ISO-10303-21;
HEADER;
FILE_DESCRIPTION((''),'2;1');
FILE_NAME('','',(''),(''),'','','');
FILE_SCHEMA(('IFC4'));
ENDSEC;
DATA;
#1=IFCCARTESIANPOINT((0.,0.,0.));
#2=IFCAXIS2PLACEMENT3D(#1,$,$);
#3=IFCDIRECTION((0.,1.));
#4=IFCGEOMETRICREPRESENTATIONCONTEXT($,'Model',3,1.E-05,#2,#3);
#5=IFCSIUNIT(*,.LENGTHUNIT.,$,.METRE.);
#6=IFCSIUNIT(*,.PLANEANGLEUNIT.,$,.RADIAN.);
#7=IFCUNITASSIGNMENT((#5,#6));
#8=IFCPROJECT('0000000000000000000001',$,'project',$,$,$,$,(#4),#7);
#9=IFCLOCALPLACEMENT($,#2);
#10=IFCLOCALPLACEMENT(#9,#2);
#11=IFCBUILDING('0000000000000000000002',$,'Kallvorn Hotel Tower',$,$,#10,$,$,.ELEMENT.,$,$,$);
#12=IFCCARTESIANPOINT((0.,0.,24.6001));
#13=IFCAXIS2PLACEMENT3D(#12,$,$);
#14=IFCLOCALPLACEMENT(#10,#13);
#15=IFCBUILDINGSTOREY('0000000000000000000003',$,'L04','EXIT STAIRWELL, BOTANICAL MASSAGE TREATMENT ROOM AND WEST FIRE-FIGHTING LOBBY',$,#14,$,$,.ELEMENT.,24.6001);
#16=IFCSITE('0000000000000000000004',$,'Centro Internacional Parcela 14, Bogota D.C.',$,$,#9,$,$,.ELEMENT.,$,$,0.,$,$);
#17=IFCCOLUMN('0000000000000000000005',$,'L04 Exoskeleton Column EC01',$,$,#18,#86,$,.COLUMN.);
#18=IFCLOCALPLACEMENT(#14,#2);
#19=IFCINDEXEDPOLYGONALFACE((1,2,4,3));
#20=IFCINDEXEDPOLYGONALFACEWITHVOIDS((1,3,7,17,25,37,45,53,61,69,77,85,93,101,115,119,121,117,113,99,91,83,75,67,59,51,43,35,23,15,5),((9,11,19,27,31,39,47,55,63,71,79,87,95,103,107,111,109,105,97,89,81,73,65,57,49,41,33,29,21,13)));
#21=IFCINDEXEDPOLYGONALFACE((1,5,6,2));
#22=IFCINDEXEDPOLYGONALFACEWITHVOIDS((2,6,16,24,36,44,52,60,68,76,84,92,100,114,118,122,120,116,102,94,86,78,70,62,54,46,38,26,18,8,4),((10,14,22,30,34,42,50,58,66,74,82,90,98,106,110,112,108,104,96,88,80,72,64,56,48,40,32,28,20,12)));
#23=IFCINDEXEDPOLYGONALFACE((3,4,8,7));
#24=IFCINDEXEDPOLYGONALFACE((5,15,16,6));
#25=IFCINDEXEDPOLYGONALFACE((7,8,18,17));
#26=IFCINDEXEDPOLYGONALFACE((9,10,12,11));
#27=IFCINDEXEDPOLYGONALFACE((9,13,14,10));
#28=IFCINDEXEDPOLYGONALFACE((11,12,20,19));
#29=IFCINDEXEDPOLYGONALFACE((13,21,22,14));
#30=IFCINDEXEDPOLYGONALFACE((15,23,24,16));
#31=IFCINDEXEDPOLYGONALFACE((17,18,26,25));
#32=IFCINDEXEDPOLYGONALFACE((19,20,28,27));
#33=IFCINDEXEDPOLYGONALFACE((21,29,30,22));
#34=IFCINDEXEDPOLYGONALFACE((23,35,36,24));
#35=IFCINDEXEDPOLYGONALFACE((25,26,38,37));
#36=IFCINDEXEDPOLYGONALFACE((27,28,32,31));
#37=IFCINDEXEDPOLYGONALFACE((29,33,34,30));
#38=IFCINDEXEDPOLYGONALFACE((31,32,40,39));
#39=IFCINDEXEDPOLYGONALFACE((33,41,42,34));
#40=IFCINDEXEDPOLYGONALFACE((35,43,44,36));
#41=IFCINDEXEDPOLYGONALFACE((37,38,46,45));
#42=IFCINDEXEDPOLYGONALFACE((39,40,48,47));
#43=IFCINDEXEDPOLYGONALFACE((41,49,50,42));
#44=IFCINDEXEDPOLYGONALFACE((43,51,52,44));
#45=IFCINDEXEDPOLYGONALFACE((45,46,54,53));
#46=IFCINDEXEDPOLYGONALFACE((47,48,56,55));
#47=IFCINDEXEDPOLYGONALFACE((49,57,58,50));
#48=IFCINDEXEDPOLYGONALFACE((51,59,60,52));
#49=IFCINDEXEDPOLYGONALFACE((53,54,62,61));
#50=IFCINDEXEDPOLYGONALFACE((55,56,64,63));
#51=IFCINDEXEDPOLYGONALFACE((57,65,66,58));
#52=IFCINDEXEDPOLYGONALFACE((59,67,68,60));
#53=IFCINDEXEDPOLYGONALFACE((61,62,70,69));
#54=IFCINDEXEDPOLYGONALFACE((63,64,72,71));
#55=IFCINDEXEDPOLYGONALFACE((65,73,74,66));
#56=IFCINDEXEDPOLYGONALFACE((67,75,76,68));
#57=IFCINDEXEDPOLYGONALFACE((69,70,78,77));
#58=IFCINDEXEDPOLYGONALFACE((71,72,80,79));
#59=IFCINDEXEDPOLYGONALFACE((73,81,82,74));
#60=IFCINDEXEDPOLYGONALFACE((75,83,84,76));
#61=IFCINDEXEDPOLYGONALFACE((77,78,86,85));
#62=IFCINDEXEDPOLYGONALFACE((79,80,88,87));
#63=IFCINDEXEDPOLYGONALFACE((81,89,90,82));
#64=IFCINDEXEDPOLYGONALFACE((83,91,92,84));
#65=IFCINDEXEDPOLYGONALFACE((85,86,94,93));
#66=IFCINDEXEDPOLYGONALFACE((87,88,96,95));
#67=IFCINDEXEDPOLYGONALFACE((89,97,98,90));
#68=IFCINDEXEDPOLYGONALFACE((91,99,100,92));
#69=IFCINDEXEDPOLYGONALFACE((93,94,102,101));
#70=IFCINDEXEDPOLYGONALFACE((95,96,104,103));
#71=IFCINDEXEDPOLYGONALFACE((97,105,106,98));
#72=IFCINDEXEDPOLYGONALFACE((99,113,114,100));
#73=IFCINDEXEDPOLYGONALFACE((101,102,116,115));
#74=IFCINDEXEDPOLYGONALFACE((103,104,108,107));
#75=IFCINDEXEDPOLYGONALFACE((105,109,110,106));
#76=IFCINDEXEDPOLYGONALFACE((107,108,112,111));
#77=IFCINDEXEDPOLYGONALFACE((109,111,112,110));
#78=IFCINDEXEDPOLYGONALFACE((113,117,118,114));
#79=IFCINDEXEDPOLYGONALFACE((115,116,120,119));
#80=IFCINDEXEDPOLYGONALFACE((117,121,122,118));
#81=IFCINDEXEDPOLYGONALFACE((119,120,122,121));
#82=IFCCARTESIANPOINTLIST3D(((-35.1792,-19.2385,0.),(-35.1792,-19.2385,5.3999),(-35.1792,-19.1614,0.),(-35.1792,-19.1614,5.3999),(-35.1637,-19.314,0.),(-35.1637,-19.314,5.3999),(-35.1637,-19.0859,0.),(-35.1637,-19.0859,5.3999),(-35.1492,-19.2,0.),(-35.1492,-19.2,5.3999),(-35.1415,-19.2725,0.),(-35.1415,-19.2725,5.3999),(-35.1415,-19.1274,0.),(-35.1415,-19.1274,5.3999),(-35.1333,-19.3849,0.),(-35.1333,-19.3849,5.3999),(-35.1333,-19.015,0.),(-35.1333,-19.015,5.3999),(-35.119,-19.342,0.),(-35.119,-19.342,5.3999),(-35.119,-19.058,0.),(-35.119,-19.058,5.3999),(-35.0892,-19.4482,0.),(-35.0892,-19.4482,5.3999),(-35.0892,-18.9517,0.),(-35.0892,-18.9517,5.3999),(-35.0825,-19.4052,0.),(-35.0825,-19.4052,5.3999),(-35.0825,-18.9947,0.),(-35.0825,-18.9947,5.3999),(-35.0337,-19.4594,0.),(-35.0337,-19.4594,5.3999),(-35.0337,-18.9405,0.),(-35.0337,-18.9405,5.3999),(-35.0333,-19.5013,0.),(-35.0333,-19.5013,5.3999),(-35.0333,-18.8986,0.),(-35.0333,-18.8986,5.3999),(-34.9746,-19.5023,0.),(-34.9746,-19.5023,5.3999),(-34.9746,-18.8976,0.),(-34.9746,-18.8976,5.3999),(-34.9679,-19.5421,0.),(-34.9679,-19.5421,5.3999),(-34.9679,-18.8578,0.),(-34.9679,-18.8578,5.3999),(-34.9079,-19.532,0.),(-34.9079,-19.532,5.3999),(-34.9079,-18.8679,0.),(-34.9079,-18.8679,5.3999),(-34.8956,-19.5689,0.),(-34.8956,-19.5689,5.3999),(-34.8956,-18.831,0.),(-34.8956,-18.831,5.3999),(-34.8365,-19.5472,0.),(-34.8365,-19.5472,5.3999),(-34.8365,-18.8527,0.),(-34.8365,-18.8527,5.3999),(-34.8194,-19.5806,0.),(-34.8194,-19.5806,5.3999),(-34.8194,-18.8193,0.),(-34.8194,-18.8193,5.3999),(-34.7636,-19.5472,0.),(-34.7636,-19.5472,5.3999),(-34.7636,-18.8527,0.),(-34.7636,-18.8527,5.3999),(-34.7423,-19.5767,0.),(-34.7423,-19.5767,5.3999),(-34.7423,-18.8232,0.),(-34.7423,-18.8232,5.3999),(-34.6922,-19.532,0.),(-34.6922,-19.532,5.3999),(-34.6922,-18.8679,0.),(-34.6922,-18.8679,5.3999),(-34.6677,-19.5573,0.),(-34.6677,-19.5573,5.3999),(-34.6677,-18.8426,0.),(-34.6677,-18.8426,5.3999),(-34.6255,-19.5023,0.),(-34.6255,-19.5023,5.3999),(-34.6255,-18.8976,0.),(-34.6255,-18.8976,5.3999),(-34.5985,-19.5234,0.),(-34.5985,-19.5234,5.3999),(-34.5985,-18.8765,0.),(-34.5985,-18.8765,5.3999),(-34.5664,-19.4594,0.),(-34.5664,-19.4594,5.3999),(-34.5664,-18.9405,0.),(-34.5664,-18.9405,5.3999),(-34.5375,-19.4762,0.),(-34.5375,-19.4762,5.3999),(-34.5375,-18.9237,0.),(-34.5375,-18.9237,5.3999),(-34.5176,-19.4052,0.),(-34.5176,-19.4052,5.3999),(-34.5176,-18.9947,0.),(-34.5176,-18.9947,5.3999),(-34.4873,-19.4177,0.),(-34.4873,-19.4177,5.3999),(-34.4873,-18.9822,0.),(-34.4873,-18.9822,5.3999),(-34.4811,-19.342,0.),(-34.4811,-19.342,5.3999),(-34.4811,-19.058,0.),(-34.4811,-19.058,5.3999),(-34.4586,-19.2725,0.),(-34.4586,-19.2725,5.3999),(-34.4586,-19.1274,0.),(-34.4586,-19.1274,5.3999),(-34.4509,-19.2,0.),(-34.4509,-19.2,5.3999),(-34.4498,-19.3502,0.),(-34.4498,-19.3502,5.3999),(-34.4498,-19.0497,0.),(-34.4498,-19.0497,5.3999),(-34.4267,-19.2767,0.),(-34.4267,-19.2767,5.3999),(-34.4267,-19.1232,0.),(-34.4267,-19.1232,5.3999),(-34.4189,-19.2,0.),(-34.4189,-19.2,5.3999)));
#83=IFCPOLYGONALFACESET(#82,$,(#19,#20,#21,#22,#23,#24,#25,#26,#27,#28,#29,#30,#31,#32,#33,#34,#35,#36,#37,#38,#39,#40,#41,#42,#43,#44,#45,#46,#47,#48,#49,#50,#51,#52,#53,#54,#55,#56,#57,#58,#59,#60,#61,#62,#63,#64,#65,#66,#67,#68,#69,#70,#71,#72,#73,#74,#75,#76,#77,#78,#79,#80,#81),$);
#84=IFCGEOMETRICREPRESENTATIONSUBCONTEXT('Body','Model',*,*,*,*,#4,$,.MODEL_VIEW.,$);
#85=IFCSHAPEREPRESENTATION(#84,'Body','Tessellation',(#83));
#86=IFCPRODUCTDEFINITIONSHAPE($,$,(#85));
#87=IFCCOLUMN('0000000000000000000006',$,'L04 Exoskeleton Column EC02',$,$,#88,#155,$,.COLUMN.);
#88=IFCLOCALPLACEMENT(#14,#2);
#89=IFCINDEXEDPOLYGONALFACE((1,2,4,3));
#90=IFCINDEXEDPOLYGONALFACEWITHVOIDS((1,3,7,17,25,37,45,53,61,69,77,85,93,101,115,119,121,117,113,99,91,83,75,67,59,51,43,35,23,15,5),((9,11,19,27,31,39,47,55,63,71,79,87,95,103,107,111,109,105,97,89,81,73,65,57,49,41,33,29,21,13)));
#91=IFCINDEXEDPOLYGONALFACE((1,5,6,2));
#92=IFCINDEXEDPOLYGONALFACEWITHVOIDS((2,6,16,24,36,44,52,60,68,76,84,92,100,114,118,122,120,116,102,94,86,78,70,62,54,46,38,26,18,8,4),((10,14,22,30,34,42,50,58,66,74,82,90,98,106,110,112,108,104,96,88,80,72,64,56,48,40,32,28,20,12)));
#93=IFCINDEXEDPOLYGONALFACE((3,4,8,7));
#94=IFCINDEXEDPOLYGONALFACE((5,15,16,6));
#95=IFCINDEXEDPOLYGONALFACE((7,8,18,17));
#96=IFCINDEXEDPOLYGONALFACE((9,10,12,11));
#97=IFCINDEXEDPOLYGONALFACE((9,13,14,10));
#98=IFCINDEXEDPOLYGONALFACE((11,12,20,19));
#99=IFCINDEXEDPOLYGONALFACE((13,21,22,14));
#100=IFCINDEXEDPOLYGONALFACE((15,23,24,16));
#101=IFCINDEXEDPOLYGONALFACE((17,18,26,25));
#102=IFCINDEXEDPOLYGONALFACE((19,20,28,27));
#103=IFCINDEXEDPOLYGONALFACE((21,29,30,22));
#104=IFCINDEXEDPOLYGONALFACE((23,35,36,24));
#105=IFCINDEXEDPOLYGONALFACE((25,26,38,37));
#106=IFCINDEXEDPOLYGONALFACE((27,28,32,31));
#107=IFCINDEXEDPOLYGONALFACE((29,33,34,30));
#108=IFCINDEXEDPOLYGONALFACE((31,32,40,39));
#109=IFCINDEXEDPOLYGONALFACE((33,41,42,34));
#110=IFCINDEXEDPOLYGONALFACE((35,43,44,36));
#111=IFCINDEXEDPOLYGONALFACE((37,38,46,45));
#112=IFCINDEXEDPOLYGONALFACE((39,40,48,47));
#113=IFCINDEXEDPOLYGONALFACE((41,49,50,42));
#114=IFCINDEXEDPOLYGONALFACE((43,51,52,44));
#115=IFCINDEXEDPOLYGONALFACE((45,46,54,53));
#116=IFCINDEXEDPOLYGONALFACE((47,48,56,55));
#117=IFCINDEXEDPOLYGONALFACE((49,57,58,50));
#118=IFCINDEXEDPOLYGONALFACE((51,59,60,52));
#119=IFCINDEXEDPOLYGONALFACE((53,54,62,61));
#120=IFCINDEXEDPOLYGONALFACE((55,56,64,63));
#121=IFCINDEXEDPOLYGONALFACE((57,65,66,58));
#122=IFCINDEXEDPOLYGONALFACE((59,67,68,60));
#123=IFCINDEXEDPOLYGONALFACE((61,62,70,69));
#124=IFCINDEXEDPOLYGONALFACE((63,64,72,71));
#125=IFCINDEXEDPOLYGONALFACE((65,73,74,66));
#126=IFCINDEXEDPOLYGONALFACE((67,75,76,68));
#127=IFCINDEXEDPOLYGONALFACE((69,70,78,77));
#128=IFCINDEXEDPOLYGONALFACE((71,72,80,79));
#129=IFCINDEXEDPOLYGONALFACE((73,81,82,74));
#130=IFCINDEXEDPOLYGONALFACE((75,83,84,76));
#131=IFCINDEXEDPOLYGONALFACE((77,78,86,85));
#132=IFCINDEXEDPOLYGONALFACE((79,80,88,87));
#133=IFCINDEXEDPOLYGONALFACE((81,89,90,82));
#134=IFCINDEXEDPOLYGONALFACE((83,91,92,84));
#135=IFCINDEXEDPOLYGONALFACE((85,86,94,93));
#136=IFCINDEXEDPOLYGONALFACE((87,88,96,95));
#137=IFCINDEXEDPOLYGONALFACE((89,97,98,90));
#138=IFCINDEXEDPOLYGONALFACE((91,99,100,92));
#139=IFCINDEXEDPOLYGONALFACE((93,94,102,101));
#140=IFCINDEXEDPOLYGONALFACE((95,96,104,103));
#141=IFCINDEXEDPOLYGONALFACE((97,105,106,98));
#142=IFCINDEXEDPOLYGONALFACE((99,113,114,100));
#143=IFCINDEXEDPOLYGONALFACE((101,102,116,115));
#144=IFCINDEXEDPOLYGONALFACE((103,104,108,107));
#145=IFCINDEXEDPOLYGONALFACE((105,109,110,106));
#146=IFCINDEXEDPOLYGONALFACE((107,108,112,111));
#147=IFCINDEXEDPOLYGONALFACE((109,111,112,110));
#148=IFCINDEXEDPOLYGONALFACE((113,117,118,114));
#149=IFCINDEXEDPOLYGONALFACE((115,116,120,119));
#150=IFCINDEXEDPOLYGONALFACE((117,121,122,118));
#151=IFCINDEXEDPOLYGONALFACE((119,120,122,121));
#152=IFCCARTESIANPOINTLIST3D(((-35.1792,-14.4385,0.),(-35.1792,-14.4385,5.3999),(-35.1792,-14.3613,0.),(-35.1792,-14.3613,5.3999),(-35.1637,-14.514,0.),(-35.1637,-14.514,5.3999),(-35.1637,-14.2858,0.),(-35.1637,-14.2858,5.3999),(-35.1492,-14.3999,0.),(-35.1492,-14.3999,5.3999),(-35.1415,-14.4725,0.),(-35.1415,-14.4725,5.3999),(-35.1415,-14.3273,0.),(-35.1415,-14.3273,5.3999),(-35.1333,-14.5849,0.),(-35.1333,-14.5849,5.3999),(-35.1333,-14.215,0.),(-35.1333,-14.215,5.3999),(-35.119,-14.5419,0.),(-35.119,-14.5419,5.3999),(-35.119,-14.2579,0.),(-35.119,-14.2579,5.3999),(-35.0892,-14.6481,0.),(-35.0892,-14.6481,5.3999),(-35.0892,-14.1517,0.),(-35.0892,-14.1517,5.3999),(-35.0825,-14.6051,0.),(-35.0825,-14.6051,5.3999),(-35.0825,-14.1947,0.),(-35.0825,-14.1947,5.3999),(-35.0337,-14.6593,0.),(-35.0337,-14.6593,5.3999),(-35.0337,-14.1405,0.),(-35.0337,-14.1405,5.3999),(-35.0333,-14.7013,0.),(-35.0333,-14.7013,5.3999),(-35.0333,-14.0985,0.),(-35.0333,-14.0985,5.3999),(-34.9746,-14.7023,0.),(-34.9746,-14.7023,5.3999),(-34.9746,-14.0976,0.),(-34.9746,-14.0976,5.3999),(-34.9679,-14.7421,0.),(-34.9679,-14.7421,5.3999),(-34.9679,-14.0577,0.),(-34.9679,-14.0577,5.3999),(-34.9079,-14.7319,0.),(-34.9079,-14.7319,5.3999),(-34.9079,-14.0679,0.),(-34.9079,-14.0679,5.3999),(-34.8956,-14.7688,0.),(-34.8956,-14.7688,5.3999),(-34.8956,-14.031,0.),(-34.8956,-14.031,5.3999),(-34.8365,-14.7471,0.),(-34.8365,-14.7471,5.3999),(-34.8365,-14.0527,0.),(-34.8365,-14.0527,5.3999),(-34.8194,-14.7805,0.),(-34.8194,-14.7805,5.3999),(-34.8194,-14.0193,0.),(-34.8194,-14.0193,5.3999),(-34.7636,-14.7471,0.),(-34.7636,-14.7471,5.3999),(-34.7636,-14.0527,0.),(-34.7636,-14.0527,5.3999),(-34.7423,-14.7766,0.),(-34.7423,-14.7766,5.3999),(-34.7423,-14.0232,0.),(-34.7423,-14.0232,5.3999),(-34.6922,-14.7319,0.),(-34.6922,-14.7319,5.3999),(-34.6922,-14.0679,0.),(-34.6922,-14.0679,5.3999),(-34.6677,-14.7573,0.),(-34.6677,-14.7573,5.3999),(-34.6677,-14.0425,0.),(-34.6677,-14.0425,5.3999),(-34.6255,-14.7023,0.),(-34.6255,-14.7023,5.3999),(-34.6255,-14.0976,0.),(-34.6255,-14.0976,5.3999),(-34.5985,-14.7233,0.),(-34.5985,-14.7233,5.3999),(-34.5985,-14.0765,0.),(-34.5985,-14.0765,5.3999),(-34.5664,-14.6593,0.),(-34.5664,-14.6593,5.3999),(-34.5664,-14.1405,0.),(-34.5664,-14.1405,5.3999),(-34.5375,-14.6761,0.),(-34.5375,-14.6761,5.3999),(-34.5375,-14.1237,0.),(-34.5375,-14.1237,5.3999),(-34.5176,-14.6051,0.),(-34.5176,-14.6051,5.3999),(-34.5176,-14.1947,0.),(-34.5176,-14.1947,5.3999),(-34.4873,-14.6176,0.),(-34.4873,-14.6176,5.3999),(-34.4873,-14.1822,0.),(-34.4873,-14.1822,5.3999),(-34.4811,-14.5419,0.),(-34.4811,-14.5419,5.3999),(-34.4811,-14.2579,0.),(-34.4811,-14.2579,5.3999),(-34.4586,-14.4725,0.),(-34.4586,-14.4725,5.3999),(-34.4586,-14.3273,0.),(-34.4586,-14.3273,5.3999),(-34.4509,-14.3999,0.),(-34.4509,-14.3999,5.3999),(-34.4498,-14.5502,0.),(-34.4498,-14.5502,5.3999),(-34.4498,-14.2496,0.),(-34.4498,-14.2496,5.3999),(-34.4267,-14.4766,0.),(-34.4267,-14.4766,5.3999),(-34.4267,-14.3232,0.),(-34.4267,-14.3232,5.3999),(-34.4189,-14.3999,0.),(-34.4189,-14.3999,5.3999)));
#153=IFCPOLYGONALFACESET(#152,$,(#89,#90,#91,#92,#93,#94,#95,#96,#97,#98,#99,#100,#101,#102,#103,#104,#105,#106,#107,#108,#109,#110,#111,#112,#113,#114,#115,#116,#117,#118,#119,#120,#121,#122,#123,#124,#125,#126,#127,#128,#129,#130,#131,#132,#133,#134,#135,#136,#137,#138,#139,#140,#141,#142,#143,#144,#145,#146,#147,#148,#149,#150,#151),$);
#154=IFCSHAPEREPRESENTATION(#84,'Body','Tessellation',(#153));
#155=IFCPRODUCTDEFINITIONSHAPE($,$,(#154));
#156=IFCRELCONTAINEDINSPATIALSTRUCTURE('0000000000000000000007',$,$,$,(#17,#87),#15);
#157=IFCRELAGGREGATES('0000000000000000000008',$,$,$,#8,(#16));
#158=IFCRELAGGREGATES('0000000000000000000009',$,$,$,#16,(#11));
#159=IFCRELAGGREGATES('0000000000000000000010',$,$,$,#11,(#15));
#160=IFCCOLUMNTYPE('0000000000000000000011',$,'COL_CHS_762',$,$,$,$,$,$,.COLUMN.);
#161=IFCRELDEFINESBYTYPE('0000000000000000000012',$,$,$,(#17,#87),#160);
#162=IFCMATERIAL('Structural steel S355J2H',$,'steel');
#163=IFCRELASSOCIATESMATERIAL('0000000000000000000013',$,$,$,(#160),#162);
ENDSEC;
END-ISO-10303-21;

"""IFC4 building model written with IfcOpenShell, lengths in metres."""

from ifc_helpers import new_model, si_unit, direction, frame, origin, origin_2d, place, context, subcontext, project, spatial, hollow_circle, extrude, material, material_profile, profile_set, type_object, element, save


model = new_model("IFC4")

# Units and contexts
model_context = context("Model", 3, precision=1e-05, world=origin(), true_north=direction((0.0, 1.0)))
body_context = subcontext(model_context, "Body", "Model", "MODEL_VIEW")
ifc_project = project(units=[si_unit("LENGTHUNIT", "METRE"), si_unit("PLANEANGLEUNIT", "RADIAN")], contexts=[model_context])

# Site, building, storey
site_placement = place(None, origin())
site = spatial("IfcSite", under=ifc_project, at=site_placement, Name="Centro Internacional Parcela 14, Bogota D.C.", CompositionType="ELEMENT", RefElevation=0.0)
building_placement = place(site_placement, origin())
building = spatial("IfcBuilding", under=site, at=building_placement, Name="Kallvorn Hotel Tower", CompositionType="ELEMENT")
storey_placement = place(building_placement, frame((0.0, 0.0, 24.6001)))
storey = spatial("IfcBuildingStorey", under=building, at=storey_placement, Name="L04", Description="EXIT STAIRWELL, BOTANICAL MASSAGE TREATMENT ROOM AND WEST FIRE-FIGHTING LOBBY", CompositionType="ELEMENT", Elevation=24.6001)

# Columns
ifc_material_1 = material(Name="Structural steel S355J2H", Category="steel")
ifc_material_profile_1 = material_profile(ifc_material_1, hollow_circle(Radius=0.3811, WallThickness=0.032, at=origin_2d()), Name="CHS 762x32")
ifc_profile_set_1 = profile_set([ifc_material_profile_1], Name="Structural steel S355J2H")
column_type_1 = type_object("IfcColumnType", Name="COL_CHS_762", PredefinedType="COLUMN", material=ifc_profile_set_1)
for number, where, z_axis, x_axis, name in (
    (1, (-34.8, -19.2, 0.0), (0.0, 0.0, 1.0), (1.0, 0.0, 0.0), "L04 Exoskeleton Column EC01"),
    (2, (-34.8, -14.3999, 0.0), (0.0, 0.0, 1.0), (1.0, 0.0, 0.0), "L04 Exoskeleton Column EC02"),
):
    element("IfcColumn", number, at=place(storey_placement, frame(where, z_axis=z_axis, x_axis=x_axis)), inside=storey, type_object=column_type_1, Name=name, PredefinedType="COLUMN", context=body_context, shape_type="SweptSolid", body=[
        extrude(hollow_circle(Radius=0.3811, WallThickness=0.032, at=origin_2d()), origin(), (0.0, 0.0, 1.0), 5.3999),
    ])

save(model, "model.ifc")
